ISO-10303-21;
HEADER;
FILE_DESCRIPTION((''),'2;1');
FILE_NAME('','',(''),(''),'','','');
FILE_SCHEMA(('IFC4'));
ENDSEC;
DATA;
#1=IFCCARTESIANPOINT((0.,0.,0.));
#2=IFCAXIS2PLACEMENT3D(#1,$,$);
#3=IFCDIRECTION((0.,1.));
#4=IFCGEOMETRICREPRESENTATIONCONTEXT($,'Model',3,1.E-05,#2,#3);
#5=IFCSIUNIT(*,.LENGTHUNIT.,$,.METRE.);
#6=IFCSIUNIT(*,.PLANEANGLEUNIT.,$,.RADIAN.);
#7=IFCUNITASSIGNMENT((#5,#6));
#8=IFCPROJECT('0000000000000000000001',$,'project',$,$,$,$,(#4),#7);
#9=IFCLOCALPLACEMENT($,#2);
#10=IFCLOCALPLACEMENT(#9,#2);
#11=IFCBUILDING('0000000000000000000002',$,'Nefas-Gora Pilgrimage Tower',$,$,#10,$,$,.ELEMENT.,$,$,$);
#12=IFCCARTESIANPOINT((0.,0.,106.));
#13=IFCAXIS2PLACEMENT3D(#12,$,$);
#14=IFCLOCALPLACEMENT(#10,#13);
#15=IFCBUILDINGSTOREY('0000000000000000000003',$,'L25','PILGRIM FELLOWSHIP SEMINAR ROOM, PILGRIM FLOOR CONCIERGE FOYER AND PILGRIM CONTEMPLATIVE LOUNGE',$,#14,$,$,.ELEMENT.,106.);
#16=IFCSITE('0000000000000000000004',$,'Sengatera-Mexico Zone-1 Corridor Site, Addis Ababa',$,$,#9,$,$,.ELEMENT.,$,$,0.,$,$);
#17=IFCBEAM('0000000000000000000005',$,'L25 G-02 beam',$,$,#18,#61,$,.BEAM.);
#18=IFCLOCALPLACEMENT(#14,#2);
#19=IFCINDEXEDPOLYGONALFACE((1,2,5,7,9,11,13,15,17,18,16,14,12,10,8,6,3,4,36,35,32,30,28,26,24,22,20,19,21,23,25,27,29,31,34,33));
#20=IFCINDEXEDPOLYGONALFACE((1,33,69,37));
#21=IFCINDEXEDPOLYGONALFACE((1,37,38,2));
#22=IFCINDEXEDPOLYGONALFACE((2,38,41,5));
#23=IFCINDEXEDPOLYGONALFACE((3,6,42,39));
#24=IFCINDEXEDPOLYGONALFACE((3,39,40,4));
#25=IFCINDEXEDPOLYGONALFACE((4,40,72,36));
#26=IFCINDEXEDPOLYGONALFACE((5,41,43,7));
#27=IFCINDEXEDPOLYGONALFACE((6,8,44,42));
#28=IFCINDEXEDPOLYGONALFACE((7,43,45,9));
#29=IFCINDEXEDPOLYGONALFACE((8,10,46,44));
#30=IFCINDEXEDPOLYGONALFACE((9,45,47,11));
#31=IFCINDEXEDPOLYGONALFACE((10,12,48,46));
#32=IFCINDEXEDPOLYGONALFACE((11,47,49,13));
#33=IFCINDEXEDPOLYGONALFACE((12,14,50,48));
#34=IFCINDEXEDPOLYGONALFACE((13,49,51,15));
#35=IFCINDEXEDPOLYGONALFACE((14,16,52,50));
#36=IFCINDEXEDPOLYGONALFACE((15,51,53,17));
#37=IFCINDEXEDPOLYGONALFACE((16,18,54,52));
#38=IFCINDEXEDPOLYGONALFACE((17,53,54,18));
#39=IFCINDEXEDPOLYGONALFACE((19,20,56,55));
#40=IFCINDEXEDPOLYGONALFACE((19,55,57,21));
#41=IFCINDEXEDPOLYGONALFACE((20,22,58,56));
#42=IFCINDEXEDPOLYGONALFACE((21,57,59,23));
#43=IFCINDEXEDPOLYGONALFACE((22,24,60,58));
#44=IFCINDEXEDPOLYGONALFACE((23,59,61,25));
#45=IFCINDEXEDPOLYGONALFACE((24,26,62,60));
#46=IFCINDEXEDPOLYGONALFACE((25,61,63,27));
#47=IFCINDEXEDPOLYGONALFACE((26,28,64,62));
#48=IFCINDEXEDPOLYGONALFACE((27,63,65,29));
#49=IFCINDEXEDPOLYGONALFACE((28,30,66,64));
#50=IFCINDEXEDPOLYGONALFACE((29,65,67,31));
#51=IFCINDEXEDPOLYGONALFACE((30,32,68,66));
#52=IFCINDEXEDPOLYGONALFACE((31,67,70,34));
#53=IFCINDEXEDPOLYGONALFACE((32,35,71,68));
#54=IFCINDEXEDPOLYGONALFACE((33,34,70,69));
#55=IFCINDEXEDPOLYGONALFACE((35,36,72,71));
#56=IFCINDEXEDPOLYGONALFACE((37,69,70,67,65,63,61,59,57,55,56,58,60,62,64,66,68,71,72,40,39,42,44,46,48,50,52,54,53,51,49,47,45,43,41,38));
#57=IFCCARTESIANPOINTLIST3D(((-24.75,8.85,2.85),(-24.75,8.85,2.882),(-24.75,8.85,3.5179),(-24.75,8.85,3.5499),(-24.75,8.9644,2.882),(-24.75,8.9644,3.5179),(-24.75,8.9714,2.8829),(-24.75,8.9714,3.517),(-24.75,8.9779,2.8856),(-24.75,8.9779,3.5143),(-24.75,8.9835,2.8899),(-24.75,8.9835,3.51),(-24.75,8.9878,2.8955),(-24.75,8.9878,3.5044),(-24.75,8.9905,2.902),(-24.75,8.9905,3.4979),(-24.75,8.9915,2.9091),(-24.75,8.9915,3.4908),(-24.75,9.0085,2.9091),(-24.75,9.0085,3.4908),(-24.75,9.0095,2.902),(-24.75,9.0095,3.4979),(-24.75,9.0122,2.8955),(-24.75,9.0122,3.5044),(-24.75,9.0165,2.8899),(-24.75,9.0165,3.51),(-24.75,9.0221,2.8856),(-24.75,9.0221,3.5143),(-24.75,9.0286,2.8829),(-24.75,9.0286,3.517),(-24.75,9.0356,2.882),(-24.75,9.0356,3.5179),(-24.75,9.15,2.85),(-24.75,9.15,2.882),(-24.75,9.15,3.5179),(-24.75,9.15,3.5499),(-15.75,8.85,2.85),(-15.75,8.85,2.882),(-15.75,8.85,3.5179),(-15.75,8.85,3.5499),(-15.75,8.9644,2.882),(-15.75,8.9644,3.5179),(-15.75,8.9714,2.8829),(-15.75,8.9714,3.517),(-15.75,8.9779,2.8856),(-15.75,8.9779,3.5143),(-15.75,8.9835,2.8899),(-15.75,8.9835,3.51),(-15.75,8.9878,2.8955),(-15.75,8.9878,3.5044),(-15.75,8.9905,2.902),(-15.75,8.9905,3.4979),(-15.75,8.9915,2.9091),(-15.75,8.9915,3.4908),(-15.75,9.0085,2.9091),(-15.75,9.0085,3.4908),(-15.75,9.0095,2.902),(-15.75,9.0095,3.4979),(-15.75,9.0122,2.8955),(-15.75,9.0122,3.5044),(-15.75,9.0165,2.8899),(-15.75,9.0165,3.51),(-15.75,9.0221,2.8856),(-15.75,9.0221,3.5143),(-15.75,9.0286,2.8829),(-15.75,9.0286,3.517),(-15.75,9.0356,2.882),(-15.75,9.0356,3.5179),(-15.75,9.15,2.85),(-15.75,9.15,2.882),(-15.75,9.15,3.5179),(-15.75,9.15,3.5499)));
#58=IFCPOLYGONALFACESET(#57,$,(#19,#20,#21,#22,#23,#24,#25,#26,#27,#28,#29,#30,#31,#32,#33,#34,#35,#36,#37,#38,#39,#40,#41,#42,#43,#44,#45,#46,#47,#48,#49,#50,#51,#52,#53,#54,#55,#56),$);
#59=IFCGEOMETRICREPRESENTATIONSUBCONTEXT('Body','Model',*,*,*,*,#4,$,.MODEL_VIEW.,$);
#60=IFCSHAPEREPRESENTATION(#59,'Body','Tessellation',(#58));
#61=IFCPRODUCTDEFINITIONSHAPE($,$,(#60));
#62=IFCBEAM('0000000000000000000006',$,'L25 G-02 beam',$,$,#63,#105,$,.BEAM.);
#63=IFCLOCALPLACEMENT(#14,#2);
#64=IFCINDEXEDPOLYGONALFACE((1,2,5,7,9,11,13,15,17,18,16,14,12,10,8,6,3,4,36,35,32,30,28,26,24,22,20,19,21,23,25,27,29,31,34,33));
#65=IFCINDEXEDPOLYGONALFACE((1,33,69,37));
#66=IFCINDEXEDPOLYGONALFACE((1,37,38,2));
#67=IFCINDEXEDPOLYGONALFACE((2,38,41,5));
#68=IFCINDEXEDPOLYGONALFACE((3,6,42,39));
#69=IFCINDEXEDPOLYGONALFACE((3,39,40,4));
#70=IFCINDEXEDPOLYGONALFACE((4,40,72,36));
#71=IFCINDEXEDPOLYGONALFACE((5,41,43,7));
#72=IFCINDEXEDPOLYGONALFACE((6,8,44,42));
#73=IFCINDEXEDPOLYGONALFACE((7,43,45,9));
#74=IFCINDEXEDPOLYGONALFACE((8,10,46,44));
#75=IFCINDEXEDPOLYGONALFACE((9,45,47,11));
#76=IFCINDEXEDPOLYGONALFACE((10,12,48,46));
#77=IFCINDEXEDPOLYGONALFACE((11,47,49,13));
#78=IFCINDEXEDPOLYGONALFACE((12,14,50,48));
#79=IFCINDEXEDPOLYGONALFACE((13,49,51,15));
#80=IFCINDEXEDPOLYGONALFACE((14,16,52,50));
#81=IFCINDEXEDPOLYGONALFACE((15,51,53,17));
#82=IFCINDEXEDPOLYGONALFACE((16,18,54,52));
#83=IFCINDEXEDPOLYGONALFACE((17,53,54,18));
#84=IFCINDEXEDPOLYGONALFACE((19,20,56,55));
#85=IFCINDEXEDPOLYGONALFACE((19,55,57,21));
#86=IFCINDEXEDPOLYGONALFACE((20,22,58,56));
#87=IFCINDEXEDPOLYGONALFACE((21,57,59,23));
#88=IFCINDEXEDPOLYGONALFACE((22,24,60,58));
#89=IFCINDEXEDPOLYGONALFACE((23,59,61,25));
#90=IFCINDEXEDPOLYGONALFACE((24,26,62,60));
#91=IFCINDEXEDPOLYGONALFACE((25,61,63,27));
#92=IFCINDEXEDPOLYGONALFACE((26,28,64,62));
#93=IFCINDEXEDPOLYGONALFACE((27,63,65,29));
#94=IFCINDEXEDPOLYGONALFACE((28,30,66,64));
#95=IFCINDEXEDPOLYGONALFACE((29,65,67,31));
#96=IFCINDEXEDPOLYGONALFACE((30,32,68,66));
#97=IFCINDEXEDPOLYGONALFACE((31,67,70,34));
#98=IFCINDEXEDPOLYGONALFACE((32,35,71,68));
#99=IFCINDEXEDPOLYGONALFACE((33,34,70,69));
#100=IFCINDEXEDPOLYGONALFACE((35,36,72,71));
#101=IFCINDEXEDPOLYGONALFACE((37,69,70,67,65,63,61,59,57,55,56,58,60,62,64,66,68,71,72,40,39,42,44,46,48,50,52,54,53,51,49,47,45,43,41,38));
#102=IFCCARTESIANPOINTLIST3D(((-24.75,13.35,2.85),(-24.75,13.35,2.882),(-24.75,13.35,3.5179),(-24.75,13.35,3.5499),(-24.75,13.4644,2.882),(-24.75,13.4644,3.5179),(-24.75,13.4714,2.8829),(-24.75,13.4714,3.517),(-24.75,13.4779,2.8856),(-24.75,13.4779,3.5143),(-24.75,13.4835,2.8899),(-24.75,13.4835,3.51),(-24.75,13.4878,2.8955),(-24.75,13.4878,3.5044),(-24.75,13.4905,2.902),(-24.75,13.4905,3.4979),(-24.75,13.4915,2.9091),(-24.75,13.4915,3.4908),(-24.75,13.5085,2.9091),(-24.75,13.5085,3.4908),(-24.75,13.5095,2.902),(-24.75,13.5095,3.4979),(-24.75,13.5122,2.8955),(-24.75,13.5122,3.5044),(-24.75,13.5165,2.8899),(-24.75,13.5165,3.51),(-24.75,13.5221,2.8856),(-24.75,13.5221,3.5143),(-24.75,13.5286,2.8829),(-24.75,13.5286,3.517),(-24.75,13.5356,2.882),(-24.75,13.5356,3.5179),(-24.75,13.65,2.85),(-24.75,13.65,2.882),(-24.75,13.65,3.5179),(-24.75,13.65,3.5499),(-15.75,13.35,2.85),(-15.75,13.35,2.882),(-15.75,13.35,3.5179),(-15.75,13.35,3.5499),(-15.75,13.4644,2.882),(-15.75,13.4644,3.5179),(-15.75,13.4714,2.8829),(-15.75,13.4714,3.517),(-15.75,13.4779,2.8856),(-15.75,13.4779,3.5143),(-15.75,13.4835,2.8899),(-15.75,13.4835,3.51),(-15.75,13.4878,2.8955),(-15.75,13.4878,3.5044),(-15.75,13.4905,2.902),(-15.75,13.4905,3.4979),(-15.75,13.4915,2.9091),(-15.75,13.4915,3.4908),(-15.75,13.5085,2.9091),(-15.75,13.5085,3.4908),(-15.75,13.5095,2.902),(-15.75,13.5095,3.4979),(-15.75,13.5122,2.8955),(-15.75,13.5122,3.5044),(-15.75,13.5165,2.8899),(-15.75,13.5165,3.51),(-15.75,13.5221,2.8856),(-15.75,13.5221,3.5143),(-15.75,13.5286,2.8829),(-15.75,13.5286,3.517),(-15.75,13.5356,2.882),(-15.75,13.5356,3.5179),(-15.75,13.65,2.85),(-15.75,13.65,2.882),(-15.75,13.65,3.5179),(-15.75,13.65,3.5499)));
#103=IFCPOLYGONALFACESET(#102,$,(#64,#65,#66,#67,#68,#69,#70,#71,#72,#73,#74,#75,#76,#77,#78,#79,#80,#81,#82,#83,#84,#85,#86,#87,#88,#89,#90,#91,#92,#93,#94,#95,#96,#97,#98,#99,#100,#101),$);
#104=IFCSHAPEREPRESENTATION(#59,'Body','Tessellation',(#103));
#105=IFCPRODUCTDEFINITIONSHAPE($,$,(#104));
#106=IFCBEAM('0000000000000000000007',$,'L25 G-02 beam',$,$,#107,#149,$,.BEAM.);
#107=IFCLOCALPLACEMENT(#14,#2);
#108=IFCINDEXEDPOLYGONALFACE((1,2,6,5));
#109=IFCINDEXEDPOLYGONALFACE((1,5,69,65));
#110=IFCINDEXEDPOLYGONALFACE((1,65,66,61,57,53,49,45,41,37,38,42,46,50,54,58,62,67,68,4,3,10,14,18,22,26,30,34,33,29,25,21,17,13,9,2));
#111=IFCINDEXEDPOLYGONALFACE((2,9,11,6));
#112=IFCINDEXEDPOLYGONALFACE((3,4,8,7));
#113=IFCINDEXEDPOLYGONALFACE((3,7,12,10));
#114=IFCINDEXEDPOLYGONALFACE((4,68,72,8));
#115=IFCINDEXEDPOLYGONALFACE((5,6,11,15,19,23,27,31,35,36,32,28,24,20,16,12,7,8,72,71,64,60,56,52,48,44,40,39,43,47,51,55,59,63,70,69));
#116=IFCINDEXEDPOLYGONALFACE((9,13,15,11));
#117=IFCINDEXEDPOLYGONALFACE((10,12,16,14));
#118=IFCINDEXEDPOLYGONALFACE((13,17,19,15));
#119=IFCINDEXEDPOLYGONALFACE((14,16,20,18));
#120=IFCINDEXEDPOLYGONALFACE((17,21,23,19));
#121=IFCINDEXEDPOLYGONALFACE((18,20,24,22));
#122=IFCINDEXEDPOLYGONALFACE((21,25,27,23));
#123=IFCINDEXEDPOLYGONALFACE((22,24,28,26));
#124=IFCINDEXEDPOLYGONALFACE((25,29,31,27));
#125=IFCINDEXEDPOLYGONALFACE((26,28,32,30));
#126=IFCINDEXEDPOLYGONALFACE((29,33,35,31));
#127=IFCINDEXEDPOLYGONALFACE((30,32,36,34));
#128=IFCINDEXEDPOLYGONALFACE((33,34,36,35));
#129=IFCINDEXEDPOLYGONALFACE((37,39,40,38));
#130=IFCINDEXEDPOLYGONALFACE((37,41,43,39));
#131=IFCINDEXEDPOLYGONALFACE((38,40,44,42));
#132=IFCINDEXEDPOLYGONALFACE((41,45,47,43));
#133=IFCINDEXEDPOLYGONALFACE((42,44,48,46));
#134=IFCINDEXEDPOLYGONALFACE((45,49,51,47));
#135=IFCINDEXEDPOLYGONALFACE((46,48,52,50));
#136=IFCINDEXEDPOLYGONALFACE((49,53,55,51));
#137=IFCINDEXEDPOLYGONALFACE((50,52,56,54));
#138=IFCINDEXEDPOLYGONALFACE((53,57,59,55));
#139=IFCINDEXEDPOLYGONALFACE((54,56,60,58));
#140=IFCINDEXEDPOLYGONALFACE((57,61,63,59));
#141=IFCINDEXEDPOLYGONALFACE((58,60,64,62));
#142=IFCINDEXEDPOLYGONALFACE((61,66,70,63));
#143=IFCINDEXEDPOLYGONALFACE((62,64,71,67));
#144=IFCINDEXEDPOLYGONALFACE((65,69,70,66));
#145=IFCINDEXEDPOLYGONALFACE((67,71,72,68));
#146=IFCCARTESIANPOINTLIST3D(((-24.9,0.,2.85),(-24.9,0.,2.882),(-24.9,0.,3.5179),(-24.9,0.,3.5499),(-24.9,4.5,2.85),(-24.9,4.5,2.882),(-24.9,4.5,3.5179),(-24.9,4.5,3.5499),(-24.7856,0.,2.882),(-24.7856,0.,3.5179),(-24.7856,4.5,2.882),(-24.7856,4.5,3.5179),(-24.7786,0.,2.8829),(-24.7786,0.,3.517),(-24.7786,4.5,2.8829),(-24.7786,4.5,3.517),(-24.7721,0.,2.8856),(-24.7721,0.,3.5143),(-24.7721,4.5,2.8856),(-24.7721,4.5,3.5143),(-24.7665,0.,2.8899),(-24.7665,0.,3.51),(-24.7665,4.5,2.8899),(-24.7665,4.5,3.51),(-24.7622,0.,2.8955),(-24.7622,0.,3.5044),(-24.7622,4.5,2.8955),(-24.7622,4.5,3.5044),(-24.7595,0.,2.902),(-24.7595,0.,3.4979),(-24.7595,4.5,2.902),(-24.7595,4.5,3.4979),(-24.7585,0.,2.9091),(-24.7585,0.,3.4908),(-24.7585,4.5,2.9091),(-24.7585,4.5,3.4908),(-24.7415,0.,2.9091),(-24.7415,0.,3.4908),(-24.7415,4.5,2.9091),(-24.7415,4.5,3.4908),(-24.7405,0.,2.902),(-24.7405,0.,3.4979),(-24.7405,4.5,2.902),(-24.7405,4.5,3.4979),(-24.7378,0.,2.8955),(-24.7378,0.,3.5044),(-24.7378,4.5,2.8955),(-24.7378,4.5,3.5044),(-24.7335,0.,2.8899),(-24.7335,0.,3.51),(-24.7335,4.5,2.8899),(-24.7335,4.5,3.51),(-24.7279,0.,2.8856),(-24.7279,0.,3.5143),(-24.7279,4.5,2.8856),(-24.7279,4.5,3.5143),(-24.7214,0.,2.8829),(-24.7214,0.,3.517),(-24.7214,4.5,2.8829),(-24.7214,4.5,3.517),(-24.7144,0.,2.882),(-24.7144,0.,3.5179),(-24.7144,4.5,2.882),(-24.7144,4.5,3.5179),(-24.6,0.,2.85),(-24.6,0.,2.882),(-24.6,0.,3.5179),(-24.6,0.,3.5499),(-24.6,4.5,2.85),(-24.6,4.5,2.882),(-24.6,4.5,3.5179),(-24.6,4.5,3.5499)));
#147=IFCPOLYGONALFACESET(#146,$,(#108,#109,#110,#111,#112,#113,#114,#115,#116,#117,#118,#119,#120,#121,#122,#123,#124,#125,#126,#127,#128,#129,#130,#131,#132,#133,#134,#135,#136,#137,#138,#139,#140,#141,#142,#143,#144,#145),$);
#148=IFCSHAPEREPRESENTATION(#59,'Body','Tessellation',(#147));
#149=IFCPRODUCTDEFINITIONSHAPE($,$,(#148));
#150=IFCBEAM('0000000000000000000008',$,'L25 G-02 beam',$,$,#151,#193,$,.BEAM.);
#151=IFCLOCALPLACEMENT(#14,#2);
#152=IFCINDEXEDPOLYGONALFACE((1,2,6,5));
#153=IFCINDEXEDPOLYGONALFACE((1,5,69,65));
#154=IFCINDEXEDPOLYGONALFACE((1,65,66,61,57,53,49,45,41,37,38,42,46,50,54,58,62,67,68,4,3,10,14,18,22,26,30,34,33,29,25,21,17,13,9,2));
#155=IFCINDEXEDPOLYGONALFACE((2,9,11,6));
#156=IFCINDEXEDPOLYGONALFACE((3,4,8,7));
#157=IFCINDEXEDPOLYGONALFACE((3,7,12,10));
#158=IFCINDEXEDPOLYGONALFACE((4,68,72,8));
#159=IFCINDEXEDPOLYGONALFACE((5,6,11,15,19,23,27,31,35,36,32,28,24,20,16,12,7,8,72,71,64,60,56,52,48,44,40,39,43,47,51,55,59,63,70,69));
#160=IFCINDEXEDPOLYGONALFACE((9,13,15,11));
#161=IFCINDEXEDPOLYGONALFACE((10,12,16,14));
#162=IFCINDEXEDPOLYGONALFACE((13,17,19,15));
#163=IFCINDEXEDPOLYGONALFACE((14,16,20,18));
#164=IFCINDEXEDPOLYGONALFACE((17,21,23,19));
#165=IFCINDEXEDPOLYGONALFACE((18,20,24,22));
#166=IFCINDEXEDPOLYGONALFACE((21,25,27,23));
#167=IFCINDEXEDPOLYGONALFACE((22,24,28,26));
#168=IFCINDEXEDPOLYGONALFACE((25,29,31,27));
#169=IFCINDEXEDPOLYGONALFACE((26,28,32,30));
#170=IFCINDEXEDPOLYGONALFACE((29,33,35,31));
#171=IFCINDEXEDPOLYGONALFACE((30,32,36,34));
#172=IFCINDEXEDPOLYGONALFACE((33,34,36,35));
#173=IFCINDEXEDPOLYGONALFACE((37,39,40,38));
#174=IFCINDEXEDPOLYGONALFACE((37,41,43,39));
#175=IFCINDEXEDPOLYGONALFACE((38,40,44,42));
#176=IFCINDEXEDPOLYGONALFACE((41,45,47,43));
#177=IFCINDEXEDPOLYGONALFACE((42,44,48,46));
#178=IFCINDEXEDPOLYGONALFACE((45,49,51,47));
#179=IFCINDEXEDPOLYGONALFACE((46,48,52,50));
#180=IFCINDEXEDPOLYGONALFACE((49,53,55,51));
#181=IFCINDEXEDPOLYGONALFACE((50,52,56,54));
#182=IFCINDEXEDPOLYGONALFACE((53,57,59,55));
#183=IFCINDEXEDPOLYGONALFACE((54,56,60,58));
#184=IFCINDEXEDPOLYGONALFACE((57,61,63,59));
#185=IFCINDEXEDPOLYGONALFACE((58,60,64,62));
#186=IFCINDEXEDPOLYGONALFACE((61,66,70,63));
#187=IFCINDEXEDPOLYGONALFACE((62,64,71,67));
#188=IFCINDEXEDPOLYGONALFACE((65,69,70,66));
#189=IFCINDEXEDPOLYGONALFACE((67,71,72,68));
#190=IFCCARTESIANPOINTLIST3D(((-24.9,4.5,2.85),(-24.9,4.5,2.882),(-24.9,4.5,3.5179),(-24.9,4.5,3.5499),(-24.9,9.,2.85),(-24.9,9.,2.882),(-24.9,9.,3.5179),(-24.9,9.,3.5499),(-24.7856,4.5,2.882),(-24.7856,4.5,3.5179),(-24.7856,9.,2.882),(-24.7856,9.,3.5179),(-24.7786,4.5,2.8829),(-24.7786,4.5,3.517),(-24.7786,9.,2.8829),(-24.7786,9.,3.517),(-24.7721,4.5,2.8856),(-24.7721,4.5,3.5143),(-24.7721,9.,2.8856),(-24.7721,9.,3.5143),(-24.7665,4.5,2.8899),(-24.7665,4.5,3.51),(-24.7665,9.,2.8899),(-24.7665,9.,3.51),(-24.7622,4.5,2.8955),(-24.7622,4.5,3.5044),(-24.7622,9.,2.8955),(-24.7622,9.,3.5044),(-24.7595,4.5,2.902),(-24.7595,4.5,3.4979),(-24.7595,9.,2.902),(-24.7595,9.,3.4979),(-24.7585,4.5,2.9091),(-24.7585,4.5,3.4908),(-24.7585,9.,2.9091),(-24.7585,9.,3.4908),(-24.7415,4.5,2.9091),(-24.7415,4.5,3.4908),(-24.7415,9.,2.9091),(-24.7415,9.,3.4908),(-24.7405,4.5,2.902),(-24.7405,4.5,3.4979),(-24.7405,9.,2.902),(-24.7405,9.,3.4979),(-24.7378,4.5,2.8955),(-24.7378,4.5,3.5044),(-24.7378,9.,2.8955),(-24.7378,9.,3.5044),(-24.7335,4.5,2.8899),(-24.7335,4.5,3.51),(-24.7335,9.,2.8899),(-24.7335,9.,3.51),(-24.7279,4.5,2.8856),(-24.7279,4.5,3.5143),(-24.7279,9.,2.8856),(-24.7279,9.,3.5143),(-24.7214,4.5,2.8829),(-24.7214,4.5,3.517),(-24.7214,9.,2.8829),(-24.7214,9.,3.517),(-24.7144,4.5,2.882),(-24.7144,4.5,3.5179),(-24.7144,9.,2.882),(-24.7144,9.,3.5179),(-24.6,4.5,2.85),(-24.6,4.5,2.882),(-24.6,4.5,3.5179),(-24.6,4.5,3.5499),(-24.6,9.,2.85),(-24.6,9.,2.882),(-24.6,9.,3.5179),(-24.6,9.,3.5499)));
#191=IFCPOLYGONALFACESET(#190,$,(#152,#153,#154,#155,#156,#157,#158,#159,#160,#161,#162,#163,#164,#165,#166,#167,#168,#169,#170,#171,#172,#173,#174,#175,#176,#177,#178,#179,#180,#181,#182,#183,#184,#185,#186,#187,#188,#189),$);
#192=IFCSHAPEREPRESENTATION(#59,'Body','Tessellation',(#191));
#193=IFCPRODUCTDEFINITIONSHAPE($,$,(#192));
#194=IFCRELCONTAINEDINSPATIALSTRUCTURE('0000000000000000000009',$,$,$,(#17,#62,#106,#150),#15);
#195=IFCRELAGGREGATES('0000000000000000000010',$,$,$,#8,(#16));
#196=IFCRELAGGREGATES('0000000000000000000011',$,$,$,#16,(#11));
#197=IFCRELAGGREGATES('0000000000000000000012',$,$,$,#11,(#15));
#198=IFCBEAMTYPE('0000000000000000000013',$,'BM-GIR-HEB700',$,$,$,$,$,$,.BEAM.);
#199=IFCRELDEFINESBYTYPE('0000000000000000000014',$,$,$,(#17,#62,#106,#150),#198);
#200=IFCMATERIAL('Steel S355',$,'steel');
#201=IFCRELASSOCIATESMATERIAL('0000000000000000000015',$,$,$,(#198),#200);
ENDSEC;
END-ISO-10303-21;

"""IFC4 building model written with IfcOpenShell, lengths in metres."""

from ifc_helpers import new_model, si_unit, direction, frame, origin, origin_2d, place, context, subcontext, project, spatial, i_section, extrude, source, transform, mapped, material, material_profile, profile_set, type_object, element, save


model = new_model("IFC4")

# Units and contexts
model_context = context("Model", 3, precision=1e-05, world=origin(), true_north=direction((0.0, 1.0)))
body_context = subcontext(model_context, "Body", "Model", "MODEL_VIEW")
ifc_project = project(units=[si_unit("LENGTHUNIT", "METRE"), si_unit("PLANEANGLEUNIT", "RADIAN")], contexts=[model_context])

# Site, building, storey
site_placement = place(None, origin())
site = spatial("IfcSite", under=ifc_project, at=site_placement, Name="Sengatera-Mexico Zone-1 Corridor Site, Addis Ababa", CompositionType="ELEMENT", RefElevation=0.0)
building_placement = place(site_placement, origin())
building = spatial("IfcBuilding", under=site, at=building_placement, Name="Nefas-Gora Pilgrimage Tower", CompositionType="ELEMENT")
storey_placement = place(building_placement, frame((0.0, 0.0, 106.0)))
storey = spatial("IfcBuildingStorey", under=building, at=storey_placement, Name="L25", Description="PILGRIM FELLOWSHIP SEMINAR ROOM, PILGRIM FLOOR CONCIERGE FOYER AND PILGRIM CONTEMPLATIVE LOUNGE", CompositionType="ELEMENT", Elevation=106.0)

# Beams
ifc_material_1 = material(Name="Steel S355", Category="steel")
ifc_material_profile_1 = material_profile(ifc_material_1, i_section(OverallWidth=0.3, OverallDepth=0.7, WebThickness=0.0171, FlangeThickness=0.032, FilletRadius=0.0271, at=origin_2d()), Name="HEB 700")
ifc_profile_set_1 = profile_set([ifc_material_profile_1], Name="Steel S355")
beam_type_1 = type_object("IfcBeamType", Name="BM-GIR-HEB700", PredefinedType="BEAM", material=ifc_profile_set_1)
shared_shape_1 = source(origin(), body_context, "Body", "SweptSolid", [
    extrude(i_section(OverallWidth=0.3, OverallDepth=0.7, WebThickness=0.0171, FlangeThickness=0.032, FilletRadius=0.0271, at=origin_2d()), origin(), (0.0, 0.0, 1.0), 9.0),
])
for number, where, z_axis, x_axis, name in (
    (1, (-24.75, 9.0, 3.2), (1.0, 0.0, 0.0), (0.0, 1.0, 0.0), "L25 G-02 beam"),
    (2, (-24.75, 13.5, 3.2), (1.0, 0.0, 0.0), (0.0, 1.0, 0.0), "L25 G-02 beam"),
):
    element("IfcBeam", number, at=place(storey_placement, frame(where, z_axis=z_axis, x_axis=x_axis)), inside=storey, type_object=beam_type_1, Name=name, PredefinedType="BEAM", context=body_context, shape_type="MappedRepresentation", body=[
        mapped(shared_shape_1, transform((0.0, 0.0, 0.0), x_axis=(1.0, 0.0, 0.0), y_axis=(0.0, 1.0, 0.0), z_axis=(0.0, 0.0, 1.0), scale=1.0)),
    ])
shared_shape_2 = source(origin(), body_context, "Body", "SweptSolid", [
    extrude(i_section(OverallWidth=0.3, OverallDepth=0.7, WebThickness=0.0171, FlangeThickness=0.032, FilletRadius=0.0271, at=origin_2d()), origin(), (0.0, 0.0, 1.0), 4.5),
])
for number, where, z_axis, x_axis, name in (
    (3, (-24.75, 0.0, 3.2), (0.0, 1.0, 0.0), (-1.0, 0.0, 0.0), "L25 G-02 beam"),
    (4, (-24.75, 4.5, 3.2), (0.0, 1.0, 0.0), (-1.0, 0.0, 0.0), "L25 G-02 beam"),
):
    element("IfcBeam", number, at=place(storey_placement, frame(where, z_axis=z_axis, x_axis=x_axis)), inside=storey, type_object=beam_type_1, Name=name, PredefinedType="BEAM", context=body_context, shape_type="MappedRepresentation", body=[
        mapped(shared_shape_2, transform((0.0, 0.0, 0.0), x_axis=(1.0, 0.0, 0.0), y_axis=(0.0, 1.0, 0.0), z_axis=(0.0, 0.0, 1.0), scale=1.0)),
    ])

save(model, "model.ifc")
